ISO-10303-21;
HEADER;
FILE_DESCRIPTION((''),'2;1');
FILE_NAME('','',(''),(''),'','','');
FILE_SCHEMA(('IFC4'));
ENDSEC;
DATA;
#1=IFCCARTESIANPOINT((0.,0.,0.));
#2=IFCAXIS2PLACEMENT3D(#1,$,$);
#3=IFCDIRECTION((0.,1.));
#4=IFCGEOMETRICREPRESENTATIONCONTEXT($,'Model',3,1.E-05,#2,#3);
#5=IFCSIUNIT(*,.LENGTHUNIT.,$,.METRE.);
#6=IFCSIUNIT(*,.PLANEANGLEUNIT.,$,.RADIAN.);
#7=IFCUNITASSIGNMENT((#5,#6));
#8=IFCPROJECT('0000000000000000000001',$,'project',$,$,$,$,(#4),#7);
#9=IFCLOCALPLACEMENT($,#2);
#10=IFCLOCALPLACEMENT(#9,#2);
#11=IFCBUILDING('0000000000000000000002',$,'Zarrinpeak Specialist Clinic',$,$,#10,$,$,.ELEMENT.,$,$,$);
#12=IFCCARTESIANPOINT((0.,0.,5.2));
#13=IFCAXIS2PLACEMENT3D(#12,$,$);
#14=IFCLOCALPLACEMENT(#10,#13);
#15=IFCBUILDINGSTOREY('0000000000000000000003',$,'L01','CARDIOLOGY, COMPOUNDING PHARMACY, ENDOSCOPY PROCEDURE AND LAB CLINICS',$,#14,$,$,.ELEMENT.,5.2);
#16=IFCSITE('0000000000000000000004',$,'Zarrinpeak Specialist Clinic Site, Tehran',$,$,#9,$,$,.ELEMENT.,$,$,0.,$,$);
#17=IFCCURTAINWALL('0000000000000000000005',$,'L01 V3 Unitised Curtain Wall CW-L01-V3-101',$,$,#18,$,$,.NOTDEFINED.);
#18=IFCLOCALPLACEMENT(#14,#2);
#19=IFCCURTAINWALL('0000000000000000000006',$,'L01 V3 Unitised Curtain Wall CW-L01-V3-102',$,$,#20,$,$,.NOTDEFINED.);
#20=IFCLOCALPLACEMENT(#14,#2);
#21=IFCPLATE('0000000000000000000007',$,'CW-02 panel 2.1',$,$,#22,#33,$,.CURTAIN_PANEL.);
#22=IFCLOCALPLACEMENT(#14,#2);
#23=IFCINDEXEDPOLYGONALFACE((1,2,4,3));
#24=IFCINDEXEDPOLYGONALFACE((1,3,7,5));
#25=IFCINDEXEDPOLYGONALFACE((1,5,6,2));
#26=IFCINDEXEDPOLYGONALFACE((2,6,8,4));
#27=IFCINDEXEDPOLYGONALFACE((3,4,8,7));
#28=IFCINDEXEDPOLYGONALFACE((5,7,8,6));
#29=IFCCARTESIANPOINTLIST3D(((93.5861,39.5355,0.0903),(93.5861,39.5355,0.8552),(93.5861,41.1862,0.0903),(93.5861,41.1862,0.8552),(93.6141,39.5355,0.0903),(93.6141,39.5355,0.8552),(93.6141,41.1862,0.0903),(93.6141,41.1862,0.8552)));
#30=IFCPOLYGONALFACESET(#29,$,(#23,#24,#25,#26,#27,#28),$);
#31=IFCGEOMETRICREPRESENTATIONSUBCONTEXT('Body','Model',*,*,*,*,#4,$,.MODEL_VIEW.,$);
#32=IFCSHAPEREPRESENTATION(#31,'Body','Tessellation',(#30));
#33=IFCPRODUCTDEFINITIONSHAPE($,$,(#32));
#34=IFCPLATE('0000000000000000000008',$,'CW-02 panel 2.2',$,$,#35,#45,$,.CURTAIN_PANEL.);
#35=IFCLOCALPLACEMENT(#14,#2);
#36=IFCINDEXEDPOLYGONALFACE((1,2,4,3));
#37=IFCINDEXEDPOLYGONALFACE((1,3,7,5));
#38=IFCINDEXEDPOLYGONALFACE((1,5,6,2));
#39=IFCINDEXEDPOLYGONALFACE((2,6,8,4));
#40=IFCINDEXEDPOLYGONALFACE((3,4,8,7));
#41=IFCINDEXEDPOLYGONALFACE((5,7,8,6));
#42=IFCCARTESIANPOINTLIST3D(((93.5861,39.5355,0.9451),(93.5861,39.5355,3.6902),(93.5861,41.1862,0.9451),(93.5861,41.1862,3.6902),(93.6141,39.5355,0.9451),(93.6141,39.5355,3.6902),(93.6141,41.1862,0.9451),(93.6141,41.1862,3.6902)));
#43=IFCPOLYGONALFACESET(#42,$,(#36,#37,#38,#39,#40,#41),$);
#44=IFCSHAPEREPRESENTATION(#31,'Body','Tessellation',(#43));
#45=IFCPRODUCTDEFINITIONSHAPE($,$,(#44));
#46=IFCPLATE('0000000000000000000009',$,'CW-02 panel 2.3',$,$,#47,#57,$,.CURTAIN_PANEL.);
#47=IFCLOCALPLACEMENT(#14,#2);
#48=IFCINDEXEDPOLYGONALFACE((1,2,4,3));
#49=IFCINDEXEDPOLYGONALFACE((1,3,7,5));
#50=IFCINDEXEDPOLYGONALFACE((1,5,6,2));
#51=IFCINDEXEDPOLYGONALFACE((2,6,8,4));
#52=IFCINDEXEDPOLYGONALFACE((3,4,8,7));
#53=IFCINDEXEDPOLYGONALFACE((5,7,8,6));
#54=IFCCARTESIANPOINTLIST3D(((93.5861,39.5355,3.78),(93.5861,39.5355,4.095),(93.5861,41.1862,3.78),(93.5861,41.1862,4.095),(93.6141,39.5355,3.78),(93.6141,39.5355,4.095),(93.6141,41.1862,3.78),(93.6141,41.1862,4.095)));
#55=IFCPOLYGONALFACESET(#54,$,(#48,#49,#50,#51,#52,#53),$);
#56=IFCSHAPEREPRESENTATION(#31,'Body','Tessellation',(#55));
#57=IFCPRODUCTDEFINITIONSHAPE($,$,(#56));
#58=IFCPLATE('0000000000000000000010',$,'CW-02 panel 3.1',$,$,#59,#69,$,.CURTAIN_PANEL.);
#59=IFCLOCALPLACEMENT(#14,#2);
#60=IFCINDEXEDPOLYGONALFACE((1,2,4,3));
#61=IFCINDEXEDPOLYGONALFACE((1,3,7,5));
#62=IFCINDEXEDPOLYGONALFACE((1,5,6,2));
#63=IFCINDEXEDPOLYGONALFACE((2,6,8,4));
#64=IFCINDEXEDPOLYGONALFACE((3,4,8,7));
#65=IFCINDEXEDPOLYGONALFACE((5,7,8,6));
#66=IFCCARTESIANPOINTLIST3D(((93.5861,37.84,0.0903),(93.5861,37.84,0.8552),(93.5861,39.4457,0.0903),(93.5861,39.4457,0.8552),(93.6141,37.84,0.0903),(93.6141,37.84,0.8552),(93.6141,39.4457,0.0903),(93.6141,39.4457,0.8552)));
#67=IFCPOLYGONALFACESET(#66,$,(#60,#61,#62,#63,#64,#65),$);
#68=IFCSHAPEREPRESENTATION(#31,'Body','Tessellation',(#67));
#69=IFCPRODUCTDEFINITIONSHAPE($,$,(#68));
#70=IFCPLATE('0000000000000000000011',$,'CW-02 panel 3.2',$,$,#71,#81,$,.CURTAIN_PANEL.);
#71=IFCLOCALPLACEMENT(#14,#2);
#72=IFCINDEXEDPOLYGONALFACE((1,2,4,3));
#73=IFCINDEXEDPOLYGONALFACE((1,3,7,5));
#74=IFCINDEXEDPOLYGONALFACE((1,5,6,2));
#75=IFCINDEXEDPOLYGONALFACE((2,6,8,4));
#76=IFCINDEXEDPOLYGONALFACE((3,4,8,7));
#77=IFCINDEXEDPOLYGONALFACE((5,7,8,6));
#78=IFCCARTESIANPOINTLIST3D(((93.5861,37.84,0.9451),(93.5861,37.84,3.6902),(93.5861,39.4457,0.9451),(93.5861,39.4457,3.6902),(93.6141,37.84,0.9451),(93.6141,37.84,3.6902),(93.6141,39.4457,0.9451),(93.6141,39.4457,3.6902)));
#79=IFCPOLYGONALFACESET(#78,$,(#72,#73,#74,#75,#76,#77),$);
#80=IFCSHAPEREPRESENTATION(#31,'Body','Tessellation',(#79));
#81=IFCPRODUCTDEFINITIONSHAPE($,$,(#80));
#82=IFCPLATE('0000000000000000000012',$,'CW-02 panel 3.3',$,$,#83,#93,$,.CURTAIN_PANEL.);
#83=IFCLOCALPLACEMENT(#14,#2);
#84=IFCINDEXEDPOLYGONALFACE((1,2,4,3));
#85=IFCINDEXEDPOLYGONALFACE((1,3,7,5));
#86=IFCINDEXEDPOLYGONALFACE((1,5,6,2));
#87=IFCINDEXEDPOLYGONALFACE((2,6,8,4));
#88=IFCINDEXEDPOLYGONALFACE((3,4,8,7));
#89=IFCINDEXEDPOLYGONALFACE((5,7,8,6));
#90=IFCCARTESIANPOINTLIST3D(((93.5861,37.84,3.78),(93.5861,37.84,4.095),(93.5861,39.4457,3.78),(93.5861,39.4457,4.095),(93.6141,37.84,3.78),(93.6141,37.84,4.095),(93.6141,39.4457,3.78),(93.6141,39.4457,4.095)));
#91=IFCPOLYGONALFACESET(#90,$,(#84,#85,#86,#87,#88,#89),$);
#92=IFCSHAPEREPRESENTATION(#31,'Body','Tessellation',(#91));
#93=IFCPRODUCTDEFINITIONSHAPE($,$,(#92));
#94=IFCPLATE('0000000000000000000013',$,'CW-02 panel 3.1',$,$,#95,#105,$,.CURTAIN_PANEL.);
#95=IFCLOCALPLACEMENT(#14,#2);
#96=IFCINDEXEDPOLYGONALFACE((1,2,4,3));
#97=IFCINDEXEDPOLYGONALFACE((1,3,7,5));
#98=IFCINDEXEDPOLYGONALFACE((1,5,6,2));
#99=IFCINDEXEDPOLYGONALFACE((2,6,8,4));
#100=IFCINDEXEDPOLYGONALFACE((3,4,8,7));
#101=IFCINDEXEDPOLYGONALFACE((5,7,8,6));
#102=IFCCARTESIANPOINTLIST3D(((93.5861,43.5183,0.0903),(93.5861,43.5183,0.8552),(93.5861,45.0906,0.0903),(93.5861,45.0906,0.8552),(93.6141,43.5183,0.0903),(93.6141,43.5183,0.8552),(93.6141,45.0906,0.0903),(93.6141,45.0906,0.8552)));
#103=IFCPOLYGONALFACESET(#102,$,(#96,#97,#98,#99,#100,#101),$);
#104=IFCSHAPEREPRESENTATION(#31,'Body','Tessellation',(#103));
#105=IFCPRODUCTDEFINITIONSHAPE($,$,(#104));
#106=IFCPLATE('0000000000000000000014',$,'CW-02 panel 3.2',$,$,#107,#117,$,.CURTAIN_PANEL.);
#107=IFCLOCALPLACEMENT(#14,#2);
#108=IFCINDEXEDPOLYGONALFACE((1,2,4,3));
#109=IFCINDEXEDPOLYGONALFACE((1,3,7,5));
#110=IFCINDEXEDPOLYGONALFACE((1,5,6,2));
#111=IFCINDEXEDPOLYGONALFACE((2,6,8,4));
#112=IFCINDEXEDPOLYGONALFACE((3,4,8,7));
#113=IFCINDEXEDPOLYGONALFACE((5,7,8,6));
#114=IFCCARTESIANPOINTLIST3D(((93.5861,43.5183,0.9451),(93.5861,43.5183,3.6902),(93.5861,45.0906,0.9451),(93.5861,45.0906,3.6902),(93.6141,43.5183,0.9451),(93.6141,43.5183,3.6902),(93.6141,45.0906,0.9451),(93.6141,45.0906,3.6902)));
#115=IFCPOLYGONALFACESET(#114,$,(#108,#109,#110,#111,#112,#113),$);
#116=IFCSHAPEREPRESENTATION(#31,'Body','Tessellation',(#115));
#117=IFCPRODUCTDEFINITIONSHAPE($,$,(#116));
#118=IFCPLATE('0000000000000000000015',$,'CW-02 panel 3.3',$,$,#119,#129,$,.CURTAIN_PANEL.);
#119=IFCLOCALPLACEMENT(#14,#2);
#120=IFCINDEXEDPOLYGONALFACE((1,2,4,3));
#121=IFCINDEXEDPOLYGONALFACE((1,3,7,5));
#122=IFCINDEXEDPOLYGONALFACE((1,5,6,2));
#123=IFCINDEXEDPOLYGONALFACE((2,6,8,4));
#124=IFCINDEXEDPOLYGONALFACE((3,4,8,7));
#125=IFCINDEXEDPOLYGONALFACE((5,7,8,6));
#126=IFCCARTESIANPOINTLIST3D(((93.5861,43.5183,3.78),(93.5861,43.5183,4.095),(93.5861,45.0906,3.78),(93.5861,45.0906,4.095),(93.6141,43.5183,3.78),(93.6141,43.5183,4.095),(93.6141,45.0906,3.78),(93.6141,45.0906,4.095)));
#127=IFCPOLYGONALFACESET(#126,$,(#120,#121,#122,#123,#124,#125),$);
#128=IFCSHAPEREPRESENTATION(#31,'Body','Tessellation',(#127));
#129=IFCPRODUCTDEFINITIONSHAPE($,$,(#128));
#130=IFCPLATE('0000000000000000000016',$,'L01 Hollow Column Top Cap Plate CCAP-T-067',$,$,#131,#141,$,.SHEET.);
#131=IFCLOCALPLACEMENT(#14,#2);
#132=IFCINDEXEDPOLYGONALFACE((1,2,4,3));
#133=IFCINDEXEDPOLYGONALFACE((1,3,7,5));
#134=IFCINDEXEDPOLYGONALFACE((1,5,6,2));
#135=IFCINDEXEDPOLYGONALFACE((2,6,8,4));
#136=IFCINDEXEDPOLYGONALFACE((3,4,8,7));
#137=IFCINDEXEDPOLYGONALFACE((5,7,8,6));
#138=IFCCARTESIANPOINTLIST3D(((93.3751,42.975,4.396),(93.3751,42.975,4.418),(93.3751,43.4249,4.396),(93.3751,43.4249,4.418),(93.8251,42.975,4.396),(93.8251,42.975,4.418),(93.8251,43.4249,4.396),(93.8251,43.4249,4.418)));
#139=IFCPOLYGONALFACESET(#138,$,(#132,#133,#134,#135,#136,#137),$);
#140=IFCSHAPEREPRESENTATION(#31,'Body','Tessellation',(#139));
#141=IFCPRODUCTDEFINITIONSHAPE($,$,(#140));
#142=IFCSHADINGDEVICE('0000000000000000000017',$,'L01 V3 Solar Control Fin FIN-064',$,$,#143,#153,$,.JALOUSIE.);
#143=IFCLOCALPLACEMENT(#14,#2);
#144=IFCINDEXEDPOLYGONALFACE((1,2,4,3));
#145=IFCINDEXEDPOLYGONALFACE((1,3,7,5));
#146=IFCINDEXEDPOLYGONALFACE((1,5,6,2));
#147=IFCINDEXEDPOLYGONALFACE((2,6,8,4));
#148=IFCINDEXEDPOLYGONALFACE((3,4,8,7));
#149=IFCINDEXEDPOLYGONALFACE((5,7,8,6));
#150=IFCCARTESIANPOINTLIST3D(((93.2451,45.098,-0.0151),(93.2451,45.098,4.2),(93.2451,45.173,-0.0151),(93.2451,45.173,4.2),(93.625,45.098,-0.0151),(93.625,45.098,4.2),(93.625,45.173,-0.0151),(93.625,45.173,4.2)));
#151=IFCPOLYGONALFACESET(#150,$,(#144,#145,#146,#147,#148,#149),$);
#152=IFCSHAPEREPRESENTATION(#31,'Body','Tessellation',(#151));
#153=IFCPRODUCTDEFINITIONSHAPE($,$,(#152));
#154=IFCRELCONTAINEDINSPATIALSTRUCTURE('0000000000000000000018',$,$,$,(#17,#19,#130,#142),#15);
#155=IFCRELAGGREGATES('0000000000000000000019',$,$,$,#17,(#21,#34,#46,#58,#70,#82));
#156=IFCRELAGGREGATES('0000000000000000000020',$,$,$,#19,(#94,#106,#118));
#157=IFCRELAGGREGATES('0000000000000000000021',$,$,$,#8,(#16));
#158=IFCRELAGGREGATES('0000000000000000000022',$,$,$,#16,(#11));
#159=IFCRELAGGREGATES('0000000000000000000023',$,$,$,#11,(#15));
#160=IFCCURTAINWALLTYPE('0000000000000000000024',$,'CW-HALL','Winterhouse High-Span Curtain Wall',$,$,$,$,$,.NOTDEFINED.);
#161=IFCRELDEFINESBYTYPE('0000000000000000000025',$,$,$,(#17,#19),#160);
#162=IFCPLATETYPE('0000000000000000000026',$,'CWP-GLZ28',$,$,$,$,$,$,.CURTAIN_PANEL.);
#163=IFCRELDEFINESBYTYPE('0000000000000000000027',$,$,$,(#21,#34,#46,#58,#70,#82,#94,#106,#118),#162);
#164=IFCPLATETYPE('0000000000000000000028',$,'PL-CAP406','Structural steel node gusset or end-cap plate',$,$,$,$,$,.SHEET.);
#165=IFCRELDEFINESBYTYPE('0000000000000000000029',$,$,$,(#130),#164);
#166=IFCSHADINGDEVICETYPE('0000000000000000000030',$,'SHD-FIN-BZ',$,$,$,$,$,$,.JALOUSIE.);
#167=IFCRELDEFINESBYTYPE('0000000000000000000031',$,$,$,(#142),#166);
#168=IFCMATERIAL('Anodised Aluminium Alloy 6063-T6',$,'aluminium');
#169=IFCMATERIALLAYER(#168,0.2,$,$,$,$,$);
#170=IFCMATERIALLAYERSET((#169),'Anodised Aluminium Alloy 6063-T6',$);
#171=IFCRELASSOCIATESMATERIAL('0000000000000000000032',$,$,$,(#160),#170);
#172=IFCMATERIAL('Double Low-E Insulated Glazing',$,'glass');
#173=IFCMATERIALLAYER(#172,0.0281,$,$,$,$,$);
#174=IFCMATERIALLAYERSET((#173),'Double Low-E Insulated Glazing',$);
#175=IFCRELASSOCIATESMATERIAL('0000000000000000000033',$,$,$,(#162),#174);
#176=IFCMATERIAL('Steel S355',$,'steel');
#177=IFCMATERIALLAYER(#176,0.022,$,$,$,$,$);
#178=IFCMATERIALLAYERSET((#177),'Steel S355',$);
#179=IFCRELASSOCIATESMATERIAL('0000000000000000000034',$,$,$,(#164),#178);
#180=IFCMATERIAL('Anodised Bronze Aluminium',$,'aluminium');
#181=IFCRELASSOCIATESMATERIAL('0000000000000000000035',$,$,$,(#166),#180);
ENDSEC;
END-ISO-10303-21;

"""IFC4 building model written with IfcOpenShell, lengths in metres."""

from ifc_helpers import new_model, si_unit, direction, frame, origin, origin_2d, place, context, subcontext, project, spatial, rectangle, extrude, material, layer, layer_set, type_object, element, aggregate, save


model = new_model("IFC4")

# Units and contexts
model_context = context("Model", 3, precision=1e-05, world=origin(), true_north=direction((0.0, 1.0)))
body_context = subcontext(model_context, "Body", "Model", "MODEL_VIEW")
ifc_project = project(units=[si_unit("LENGTHUNIT", "METRE"), si_unit("PLANEANGLEUNIT", "RADIAN")], contexts=[model_context])

# Site, building, storey
site_placement = place(None, origin())
site = spatial("IfcSite", under=ifc_project, at=site_placement, Name="Zarrinpeak Specialist Clinic Site, Tehran", CompositionType="ELEMENT", RefElevation=0.0)
building_placement = place(site_placement, origin())
building = spatial("IfcBuilding", under=site, at=building_placement, Name="Zarrinpeak Specialist Clinic", CompositionType="ELEMENT")
storey_placement = place(building_placement, frame((0.0, 0.0, 5.2)))
storey = spatial("IfcBuildingStorey", under=building, at=storey_placement, Name="L01", Description="CARDIOLOGY, COMPOUNDING PHARMACY, ENDOSCOPY PROCEDURE AND LAB CLINICS", CompositionType="ELEMENT", Elevation=5.2)

# Shared definitions
ifc_material_1 = material(Name="Steel S355", Category="steel")

# Curtain walls
ifc_material_2 = material(Name="Anodised Aluminium Alloy 6063-T6", Category="aluminium")
ifc_layer_1 = layer(ifc_material_2, 0.2)
ifc_layer_set_1 = layer_set([ifc_layer_1], Name="Anodised Aluminium Alloy 6063-T6")
curtain_wall_type = type_object("IfcCurtainWallType", Name="CW-HALL", Description="Winterhouse High-Span Curtain Wall", PredefinedType="NOTDEFINED", material=ifc_layer_set_1)
curtain_wall_1_placement = place(storey_placement, origin())
curtain_wall_1 = element("IfcCurtainWall", 1, at=curtain_wall_1_placement, inside=storey, type_object=curtain_wall_type, Name="L01 V3 Unitised Curtain Wall CW-L01-V3-101", PredefinedType="NOTDEFINED")
curtain_wall_2_placement = place(storey_placement, origin())
curtain_wall_2 = element("IfcCurtainWall", 2, at=curtain_wall_2_placement, inside=storey, type_object=curtain_wall_type, Name="L01 V3 Unitised Curtain Wall CW-L01-V3-102", PredefinedType="NOTDEFINED")

# Plates
ifc_material_3 = material(Name="Double Low-E Insulated Glazing", Category="glass")
ifc_layer_2 = layer(ifc_material_3, 0.0281)
ifc_layer_set_2 = layer_set([ifc_layer_2], Name="Double Low-E Insulated Glazing")
plate_type_1 = type_object("IfcPlateType", Name="CWP-GLZ28", PredefinedType="CURTAIN_PANEL", material=ifc_layer_set_2)
plate_1_placement = place(storey_placement, frame((93.6001, 40.3608, 0.0903), z_axis=(0.0, 0.0, 1.0), x_axis=(0.0, -1.0, 0.0)))
plate_1 = element("IfcPlate", 3, at=plate_1_placement, type_object=plate_type_1, Name="CW-02 panel 2.1", PredefinedType="CURTAIN_PANEL", context=body_context, shape_type="SweptSolid", body=[
    extrude(rectangle(XDim=1.6506, YDim=0.0281, at=origin_2d()), origin(), (0.0, 0.0, 1.0), 0.7649),
])
plate_2_placement = place(storey_placement, frame((93.6001, 40.3608, 0.9451), z_axis=(0.0, 0.0, 1.0), x_axis=(0.0, -1.0, 0.0)))
plate_2 = element("IfcPlate", 4, at=plate_2_placement, type_object=plate_type_1, Name="CW-02 panel 2.2", PredefinedType="CURTAIN_PANEL", context=body_context, shape_type="SweptSolid", body=[
    extrude(rectangle(XDim=1.6506, YDim=0.0281, at=origin_2d()), origin(), (0.0, 0.0, 1.0), 2.7451),
])
plate_3_placement = place(storey_placement, frame((93.6001, 40.3608, 3.78), z_axis=(0.0, 0.0, 1.0), x_axis=(0.0, -1.0, 0.0)))
plate_3 = element("IfcPlate", 5, at=plate_3_placement, type_object=plate_type_1, Name="CW-02 panel 2.3", PredefinedType="CURTAIN_PANEL", context=body_context, shape_type="SweptSolid", body=[
    extrude(rectangle(XDim=1.6506, YDim=0.0281, at=origin_2d()), origin(), (0.0, 0.0, 1.0), 0.3149),
])
plate_4_placement = place(storey_placement, frame((93.6001, 38.6428, 0.0903), z_axis=(0.0, 0.0, 1.0), x_axis=(0.0, -1.0, 0.0)))
plate_4 = element("IfcPlate", 6, at=plate_4_placement, type_object=plate_type_1, Name="CW-02 panel 3.1", PredefinedType="CURTAIN_PANEL", context=body_context, shape_type="SweptSolid", body=[
    extrude(rectangle(XDim=1.6057, YDim=0.0281, at=origin_2d()), origin(), (0.0, 0.0, 1.0), 0.7649),
])
plate_5_placement = place(storey_placement, frame((93.6001, 38.6428, 0.9451), z_axis=(0.0, 0.0, 1.0), x_axis=(0.0, -1.0, 0.0)))
plate_5 = element("IfcPlate", 7, at=plate_5_placement, type_object=plate_type_1, Name="CW-02 panel 3.2", PredefinedType="CURTAIN_PANEL", context=body_context, shape_type="SweptSolid", body=[
    extrude(rectangle(XDim=1.6057, YDim=0.0281, at=origin_2d()), origin(), (0.0, 0.0, 1.0), 2.7451),
])
plate_6_placement = place(storey_placement, frame((93.6001, 38.6428, 3.78), z_axis=(0.0, 0.0, 1.0), x_axis=(0.0, -1.0, 0.0)))
plate_6 = element("IfcPlate", 8, at=plate_6_placement, type_object=plate_type_1, Name="CW-02 panel 3.3", PredefinedType="CURTAIN_PANEL", context=body_context, shape_type="SweptSolid", body=[
    extrude(rectangle(XDim=1.6057, YDim=0.0281, at=origin_2d()), origin(), (0.0, 0.0, 1.0), 0.3149),
])
aggregate(curtain_wall_1, [plate_1, plate_2, plate_3, plate_4, plate_5, plate_6])
plate_7_placement = place(storey_placement, frame((93.6001, 44.3044, 0.0903), z_axis=(0.0, 0.0, 1.0), x_axis=(0.0, -1.0, 0.0)))
plate_7 = element("IfcPlate", 9, at=plate_7_placement, type_object=plate_type_1, Name="CW-02 panel 3.1", PredefinedType="CURTAIN_PANEL", context=body_context, shape_type="SweptSolid", body=[
    extrude(rectangle(XDim=1.5723, YDim=0.0281, at=origin_2d()), origin(), (0.0, 0.0, 1.0), 0.7649),
])
plate_8_placement = place(storey_placement, frame((93.6001, 44.3044, 0.9451), z_axis=(0.0, 0.0, 1.0), x_axis=(0.0, -1.0, 0.0)))
plate_8 = element("IfcPlate", 10, at=plate_8_placement, type_object=plate_type_1, Name="CW-02 panel 3.2", PredefinedType="CURTAIN_PANEL", context=body_context, shape_type="SweptSolid", body=[
    extrude(rectangle(XDim=1.5723, YDim=0.0281, at=origin_2d()), origin(), (0.0, 0.0, 1.0), 2.7451),
])
plate_9_placement = place(storey_placement, frame((93.6001, 44.3044, 3.78), z_axis=(0.0, 0.0, 1.0), x_axis=(0.0, -1.0, 0.0)))
plate_9 = element("IfcPlate", 11, at=plate_9_placement, type_object=plate_type_1, Name="CW-02 panel 3.3", PredefinedType="CURTAIN_PANEL", context=body_context, shape_type="SweptSolid", body=[
    extrude(rectangle(XDim=1.5723, YDim=0.0281, at=origin_2d()), origin(), (0.0, 0.0, 1.0), 0.3149),
])
aggregate(curtain_wall_2, [plate_7, plate_8, plate_9])
ifc_layer_3 = layer(ifc_material_1, 0.022)
ifc_layer_set_3 = layer_set([ifc_layer_3], Name="Steel S355")
plate_type_2 = type_object("IfcPlateType", Name="PL-CAP406", Description="Structural steel node gusset or end-cap plate", PredefinedType="SHEET", material=ifc_layer_set_3)
plate_10_placement = place(storey_placement, frame((93.6001, 43.2, 4.396), z_axis=(0.0, 0.0, 1.0), x_axis=(1.0, 0.0, 0.0)))
element("IfcPlate", 12, at=plate_10_placement, inside=storey, type_object=plate_type_2, Name="L01 Hollow Column Top Cap Plate CCAP-T-067", PredefinedType="SHEET", context=body_context, shape_type="SweptSolid", body=[
    extrude(rectangle(XDim=0.45, YDim=0.45, at=origin_2d()), origin(), (0.0, 0.0, 1.0), 0.022),
])

# Shading device
ifc_material_4 = material(Name="Anodised Bronze Aluminium", Category="aluminium")
shading_device_type = type_object("IfcShadingDeviceType", Name="SHD-FIN-BZ", PredefinedType="JALOUSIE", material=ifc_material_4)
shading_device_placement = place(storey_placement, frame((93.4351, 45.1355, -0.0151), z_axis=(0.0, 0.0, 1.0), x_axis=(1.0, 0.0, 0.0)))
element("IfcShadingDevice", 13, at=shading_device_placement, inside=storey, type_object=shading_device_type, Name="L01 V3 Solar Control Fin FIN-064", PredefinedType="JALOUSIE", context=body_context, shape_type="SweptSolid", body=[
    extrude(rectangle(XDim=0.3799, YDim=0.075, at=origin_2d()), origin(), (0.0, 0.0, 1.0), 4.2151),
])

save(model, "model.ifc")
